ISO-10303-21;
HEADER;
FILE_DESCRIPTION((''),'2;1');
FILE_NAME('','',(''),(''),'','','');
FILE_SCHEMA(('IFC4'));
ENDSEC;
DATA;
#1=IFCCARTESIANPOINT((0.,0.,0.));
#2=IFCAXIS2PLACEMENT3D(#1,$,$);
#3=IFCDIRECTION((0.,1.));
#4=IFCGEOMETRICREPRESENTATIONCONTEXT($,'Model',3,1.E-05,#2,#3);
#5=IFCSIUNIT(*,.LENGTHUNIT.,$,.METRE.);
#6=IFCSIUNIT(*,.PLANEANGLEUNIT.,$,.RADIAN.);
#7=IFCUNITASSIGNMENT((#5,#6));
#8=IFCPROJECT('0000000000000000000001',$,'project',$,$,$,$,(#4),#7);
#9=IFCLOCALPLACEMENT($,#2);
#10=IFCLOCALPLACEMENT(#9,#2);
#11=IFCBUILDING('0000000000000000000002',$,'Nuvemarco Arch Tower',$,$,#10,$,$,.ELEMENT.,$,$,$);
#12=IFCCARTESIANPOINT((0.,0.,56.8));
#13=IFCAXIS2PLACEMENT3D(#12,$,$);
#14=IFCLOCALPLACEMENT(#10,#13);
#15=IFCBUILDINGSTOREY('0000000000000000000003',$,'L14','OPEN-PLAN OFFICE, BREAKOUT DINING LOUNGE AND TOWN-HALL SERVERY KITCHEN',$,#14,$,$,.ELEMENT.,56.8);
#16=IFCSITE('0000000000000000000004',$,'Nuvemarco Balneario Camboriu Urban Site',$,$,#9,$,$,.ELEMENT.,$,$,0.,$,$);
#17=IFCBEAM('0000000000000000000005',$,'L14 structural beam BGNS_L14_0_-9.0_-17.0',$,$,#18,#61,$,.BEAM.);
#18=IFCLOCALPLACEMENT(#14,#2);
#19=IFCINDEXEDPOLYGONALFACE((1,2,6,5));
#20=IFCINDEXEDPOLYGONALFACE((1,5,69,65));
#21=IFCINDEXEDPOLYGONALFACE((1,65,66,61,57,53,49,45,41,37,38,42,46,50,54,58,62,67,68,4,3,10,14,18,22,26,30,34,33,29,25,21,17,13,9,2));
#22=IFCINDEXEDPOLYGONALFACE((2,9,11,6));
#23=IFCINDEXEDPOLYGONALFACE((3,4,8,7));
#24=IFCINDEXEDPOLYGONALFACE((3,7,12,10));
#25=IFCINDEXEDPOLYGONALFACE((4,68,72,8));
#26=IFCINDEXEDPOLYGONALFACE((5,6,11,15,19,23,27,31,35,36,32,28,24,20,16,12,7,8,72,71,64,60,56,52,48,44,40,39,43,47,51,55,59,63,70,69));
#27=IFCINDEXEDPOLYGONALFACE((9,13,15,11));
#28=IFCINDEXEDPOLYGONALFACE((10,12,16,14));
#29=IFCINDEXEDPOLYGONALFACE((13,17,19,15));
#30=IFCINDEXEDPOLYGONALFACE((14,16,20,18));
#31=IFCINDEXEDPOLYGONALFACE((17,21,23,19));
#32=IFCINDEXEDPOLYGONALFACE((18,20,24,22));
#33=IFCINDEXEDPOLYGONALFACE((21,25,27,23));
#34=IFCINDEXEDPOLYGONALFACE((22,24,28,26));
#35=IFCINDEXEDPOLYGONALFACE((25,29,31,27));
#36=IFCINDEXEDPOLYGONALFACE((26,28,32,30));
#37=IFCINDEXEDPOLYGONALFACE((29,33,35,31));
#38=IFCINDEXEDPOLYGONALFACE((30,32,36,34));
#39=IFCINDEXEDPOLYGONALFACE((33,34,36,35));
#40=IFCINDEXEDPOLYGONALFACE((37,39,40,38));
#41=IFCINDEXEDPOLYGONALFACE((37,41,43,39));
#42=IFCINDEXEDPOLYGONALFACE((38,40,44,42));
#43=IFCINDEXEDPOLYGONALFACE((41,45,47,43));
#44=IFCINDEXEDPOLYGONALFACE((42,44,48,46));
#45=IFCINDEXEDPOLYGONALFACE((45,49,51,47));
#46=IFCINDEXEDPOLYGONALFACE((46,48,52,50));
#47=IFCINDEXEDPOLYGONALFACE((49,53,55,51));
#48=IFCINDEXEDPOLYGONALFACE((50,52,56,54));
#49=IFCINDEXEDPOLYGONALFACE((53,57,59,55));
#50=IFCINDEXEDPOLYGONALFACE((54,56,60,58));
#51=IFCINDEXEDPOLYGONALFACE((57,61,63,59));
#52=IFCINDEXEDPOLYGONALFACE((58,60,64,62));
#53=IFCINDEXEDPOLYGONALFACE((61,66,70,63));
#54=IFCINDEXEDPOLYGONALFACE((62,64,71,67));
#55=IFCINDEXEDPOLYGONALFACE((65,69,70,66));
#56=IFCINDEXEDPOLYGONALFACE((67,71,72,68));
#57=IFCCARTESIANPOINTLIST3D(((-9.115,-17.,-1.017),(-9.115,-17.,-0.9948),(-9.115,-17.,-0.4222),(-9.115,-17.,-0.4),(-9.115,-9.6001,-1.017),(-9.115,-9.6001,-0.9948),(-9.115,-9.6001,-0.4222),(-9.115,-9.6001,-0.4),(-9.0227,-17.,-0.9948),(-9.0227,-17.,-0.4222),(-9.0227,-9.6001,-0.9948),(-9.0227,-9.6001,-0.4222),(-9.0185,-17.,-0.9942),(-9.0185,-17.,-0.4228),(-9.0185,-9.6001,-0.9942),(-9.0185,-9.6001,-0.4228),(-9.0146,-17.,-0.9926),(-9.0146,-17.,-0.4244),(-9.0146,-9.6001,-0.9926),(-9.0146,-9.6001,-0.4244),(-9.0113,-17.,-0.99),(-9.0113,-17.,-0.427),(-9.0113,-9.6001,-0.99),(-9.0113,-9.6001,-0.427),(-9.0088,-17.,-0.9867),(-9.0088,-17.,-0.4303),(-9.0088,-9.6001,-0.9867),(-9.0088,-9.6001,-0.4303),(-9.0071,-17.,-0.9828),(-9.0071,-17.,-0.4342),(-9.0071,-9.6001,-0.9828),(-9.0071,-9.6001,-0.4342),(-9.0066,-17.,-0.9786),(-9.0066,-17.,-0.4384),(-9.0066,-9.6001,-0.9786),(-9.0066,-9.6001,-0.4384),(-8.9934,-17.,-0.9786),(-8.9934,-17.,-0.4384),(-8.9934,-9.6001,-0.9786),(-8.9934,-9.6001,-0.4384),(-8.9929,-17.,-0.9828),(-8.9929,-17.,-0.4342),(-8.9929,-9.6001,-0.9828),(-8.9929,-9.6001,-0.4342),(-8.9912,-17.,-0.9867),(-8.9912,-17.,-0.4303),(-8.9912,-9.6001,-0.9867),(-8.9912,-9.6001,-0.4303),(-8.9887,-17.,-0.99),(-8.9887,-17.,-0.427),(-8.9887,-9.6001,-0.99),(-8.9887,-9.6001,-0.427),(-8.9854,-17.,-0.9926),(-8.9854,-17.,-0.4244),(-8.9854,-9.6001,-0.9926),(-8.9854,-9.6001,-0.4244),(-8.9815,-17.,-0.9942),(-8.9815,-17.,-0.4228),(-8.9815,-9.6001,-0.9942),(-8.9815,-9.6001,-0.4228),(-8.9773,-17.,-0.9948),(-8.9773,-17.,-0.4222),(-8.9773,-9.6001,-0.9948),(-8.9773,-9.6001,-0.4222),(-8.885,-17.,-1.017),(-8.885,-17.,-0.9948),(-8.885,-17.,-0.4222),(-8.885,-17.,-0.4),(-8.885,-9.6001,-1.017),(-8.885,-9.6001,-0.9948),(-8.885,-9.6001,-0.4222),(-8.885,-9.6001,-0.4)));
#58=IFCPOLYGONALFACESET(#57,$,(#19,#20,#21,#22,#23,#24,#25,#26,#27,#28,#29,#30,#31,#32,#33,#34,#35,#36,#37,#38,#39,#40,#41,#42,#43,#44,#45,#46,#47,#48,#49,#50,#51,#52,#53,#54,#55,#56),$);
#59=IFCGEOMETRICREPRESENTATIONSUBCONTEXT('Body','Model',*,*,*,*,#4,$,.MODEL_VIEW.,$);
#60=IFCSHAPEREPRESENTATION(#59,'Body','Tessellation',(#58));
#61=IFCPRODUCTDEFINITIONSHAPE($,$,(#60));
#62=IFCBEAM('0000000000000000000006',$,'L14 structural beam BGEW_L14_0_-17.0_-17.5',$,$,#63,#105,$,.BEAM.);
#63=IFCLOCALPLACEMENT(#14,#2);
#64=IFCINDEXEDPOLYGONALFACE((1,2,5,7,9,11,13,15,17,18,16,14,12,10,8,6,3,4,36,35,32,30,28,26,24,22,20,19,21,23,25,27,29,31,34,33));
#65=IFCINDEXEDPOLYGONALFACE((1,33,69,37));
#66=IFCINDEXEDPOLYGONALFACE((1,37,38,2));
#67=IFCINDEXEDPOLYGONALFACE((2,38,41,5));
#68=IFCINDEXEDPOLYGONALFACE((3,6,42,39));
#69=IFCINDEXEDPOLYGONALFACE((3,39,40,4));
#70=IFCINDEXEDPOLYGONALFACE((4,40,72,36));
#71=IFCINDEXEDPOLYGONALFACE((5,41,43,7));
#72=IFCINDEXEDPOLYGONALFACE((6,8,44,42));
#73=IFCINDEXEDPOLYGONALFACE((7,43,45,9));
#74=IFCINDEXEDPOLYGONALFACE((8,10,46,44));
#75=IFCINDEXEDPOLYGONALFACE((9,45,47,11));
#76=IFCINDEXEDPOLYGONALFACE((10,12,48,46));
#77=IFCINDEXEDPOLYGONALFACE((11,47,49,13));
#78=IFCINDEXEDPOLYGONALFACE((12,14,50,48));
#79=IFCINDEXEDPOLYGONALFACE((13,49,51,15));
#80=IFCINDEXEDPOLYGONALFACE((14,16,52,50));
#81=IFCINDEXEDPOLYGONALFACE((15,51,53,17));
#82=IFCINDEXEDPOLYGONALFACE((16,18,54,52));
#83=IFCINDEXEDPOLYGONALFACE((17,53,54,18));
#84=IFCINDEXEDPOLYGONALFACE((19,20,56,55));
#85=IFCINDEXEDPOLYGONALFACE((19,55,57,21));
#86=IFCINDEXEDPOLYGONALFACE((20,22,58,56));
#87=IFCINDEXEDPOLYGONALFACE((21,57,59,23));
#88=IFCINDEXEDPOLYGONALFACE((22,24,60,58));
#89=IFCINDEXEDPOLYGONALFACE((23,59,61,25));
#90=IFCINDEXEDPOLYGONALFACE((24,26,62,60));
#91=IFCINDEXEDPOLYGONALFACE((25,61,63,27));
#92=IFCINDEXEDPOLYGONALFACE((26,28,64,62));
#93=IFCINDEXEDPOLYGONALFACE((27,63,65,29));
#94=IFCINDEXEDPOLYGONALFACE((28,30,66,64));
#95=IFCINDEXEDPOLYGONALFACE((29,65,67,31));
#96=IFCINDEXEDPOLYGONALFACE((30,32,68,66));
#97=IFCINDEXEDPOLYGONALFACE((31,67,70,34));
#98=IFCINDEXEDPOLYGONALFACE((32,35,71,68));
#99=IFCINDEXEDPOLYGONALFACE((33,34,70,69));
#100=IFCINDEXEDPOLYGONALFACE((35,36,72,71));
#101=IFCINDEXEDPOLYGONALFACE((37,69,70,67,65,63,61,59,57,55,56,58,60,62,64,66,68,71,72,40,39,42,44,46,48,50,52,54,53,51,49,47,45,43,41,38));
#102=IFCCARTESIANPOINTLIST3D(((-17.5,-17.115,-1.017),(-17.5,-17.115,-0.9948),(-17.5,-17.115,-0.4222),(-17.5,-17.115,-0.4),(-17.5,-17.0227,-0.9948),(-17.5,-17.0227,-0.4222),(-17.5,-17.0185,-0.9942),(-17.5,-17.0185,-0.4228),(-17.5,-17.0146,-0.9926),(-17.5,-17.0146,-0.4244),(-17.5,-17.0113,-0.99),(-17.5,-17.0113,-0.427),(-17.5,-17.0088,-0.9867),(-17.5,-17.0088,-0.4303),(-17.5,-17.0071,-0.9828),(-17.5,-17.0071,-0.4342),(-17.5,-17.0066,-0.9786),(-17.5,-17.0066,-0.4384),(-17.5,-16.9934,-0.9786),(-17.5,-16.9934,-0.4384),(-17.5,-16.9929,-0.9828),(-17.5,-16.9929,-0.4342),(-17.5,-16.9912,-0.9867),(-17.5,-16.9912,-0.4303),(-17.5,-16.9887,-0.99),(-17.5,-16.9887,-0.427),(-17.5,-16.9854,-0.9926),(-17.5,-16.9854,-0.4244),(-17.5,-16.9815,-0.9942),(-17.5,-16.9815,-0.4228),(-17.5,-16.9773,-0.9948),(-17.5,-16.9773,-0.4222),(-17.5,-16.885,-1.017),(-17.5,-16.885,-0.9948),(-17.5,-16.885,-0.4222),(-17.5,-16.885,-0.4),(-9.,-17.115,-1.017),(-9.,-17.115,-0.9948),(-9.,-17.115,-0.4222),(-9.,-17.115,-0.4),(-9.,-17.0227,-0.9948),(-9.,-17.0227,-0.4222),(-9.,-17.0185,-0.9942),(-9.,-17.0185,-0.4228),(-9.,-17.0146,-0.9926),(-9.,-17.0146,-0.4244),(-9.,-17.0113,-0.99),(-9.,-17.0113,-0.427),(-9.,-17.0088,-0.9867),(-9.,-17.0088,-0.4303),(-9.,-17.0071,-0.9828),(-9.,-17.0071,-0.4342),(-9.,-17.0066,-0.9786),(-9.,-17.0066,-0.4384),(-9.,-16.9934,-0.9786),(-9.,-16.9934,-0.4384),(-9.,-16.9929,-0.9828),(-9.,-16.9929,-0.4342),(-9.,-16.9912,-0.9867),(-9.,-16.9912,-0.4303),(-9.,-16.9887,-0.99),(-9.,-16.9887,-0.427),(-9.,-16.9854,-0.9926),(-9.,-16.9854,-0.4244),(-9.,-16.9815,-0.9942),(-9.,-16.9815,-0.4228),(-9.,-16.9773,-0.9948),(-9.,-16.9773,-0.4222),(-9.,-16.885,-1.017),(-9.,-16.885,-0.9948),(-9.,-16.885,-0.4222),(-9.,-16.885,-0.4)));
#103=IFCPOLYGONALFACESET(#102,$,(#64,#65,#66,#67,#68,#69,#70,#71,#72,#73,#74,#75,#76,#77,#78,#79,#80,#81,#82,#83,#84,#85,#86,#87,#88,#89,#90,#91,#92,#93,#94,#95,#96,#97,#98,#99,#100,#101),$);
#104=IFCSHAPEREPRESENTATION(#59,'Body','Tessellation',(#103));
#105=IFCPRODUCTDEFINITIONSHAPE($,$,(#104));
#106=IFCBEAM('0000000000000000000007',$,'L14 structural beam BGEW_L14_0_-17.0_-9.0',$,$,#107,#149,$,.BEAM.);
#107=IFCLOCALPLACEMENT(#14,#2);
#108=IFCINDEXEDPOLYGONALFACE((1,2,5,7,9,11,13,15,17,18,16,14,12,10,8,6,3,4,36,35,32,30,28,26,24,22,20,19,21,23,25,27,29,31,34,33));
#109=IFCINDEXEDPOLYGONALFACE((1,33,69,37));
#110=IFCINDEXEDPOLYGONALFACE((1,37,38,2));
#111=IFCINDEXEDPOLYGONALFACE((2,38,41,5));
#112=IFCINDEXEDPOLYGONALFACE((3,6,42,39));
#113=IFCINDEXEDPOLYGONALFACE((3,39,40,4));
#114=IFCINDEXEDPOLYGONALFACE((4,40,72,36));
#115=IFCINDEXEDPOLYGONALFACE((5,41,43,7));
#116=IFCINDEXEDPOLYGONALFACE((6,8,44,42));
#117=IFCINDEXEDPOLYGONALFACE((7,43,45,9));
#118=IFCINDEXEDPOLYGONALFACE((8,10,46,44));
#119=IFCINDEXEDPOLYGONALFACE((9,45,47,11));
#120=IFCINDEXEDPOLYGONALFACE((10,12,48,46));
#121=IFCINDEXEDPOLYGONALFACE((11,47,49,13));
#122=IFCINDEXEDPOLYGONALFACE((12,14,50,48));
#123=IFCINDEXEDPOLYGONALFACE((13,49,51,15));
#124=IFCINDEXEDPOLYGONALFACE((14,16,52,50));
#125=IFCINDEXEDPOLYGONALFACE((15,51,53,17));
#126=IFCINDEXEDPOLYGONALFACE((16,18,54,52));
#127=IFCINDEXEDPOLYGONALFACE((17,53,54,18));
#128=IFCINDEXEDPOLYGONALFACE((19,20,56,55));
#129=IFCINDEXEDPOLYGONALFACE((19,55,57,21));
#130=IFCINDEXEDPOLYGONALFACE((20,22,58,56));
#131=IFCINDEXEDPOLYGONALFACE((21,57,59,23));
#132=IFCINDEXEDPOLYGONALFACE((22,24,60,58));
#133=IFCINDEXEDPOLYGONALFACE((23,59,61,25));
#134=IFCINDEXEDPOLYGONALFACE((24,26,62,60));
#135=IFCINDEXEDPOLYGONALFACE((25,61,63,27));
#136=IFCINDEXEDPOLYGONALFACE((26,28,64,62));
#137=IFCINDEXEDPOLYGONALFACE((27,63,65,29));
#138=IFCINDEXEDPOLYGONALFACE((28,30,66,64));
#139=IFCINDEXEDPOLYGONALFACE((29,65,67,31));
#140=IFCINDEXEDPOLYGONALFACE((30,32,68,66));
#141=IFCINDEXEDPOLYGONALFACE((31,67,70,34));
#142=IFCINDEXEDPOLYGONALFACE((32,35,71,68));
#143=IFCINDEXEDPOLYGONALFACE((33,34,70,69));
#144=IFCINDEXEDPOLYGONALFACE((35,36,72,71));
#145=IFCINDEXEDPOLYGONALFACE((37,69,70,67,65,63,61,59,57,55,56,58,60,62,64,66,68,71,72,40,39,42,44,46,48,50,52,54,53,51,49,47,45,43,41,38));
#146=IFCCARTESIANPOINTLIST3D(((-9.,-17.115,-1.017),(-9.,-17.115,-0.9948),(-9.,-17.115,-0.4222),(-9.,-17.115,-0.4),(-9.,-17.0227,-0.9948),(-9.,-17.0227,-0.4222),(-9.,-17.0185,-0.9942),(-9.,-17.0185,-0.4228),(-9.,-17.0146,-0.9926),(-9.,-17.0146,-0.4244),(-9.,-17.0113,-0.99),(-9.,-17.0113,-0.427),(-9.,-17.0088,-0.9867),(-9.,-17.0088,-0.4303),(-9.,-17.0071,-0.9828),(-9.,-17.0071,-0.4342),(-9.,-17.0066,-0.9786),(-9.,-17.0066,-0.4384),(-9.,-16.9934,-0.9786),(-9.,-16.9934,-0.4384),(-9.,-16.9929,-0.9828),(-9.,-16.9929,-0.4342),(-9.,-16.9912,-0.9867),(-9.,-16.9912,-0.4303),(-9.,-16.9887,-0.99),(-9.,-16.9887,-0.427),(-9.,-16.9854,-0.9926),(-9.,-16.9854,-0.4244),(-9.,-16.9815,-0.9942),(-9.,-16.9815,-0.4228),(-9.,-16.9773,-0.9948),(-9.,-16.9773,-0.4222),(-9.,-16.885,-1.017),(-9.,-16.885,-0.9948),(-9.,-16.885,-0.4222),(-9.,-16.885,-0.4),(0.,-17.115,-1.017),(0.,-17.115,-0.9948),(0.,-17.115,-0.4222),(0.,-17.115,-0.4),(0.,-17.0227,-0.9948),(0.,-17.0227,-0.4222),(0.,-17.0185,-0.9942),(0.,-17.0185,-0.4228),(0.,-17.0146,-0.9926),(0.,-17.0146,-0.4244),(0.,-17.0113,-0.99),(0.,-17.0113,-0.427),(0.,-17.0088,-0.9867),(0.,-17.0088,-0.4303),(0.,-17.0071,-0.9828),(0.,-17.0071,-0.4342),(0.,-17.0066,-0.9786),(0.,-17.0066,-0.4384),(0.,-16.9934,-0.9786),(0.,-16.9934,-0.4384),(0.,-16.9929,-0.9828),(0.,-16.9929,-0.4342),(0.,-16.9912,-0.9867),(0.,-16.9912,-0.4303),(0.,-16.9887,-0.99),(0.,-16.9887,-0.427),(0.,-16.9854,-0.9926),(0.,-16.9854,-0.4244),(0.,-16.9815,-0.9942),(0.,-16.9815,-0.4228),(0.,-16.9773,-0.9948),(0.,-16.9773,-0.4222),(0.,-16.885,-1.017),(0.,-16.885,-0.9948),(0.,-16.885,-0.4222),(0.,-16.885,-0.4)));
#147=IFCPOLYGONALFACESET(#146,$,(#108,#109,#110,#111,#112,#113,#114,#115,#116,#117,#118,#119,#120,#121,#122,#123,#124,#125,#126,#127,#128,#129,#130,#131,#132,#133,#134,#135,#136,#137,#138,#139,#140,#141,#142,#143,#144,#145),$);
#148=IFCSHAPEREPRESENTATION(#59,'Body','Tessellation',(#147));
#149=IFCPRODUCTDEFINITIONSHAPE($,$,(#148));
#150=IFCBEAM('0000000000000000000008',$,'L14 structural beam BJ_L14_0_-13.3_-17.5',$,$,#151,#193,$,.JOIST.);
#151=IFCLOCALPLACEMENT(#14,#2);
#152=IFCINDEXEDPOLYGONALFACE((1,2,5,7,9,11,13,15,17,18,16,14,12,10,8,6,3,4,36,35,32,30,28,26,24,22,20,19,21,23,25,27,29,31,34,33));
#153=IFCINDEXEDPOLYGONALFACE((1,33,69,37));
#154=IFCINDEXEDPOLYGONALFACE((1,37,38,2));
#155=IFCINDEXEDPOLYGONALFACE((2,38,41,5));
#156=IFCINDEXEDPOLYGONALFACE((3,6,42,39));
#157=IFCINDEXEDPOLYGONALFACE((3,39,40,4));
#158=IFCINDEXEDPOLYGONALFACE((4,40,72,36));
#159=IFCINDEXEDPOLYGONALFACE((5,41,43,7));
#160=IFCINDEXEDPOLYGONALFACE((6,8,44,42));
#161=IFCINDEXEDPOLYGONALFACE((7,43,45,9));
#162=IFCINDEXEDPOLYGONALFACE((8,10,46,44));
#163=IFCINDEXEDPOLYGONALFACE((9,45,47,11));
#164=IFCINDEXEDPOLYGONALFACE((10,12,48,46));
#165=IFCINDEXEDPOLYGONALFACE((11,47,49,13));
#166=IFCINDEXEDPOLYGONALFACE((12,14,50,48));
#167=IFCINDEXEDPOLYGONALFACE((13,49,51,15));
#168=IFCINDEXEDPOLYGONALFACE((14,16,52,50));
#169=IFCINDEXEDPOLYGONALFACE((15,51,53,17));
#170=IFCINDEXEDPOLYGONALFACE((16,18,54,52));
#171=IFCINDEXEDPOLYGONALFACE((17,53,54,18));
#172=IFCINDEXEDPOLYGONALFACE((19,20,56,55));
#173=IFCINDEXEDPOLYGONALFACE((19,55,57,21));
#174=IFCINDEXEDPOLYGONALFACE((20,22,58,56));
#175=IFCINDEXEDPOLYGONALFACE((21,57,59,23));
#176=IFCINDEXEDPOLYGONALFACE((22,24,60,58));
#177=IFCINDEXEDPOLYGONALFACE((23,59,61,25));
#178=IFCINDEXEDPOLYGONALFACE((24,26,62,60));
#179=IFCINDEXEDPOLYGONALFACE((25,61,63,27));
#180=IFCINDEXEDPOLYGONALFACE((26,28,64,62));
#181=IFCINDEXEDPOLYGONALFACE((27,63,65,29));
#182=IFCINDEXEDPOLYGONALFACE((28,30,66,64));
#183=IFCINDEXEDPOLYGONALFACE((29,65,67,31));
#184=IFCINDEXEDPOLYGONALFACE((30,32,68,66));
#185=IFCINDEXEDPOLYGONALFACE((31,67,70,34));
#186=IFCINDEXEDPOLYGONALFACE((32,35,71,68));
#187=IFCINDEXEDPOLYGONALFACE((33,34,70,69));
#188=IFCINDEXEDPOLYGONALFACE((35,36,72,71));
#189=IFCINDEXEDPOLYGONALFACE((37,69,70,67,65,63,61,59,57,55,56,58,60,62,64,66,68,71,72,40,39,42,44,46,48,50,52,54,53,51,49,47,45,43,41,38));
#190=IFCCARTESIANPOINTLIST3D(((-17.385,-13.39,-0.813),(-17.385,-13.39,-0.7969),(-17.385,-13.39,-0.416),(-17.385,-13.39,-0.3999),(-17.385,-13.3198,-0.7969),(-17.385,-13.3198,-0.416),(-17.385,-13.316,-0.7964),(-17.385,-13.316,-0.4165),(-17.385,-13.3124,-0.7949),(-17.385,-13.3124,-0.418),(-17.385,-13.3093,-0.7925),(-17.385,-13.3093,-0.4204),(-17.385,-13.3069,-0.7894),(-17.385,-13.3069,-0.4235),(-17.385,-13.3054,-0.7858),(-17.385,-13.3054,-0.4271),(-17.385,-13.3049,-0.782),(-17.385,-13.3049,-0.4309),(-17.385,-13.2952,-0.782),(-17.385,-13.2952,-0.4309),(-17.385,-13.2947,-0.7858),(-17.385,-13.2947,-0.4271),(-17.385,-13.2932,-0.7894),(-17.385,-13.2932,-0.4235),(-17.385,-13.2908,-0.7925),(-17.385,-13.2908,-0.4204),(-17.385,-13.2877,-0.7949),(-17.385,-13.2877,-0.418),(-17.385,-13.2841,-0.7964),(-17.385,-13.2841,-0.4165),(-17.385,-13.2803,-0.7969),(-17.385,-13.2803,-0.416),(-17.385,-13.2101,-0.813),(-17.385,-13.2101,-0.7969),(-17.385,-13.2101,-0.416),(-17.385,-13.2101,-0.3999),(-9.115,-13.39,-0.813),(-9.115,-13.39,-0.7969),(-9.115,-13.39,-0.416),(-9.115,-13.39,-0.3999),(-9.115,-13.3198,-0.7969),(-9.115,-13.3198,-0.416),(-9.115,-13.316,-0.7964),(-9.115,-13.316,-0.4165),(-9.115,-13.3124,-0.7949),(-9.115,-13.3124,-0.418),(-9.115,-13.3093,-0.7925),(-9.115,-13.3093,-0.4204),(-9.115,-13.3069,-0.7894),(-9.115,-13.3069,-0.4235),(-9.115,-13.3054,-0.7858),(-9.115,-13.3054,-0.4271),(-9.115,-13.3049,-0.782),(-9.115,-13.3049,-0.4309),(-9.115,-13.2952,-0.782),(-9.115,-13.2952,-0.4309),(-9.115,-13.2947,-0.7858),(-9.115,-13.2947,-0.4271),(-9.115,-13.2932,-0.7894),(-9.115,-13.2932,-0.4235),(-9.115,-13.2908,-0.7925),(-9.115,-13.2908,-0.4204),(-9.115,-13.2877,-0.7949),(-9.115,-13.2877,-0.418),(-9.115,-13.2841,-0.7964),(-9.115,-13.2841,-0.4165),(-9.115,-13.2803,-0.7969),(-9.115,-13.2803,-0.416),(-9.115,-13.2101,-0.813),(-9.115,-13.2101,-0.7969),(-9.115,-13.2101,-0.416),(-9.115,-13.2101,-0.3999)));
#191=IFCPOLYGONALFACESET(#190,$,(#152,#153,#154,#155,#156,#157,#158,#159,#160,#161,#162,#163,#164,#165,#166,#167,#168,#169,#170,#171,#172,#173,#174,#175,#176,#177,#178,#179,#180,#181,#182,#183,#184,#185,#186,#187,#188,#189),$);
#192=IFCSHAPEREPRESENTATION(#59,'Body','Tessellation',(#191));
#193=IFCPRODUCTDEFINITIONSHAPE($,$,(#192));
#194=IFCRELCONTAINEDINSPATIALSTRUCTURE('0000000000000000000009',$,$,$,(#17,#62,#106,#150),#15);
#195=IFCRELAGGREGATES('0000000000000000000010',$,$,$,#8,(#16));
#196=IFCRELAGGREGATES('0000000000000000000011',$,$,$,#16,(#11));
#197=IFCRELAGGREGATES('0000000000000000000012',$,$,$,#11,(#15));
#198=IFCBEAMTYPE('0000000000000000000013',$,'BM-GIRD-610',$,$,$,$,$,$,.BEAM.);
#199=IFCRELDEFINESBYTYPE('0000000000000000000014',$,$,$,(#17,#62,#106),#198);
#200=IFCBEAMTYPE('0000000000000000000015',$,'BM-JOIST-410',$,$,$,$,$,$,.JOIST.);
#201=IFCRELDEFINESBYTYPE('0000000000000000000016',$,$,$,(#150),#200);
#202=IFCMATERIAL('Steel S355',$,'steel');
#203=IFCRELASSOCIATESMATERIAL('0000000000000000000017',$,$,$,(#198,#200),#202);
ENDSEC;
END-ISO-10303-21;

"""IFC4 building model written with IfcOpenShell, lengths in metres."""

from ifc_helpers import new_model, si_unit, direction, frame, origin, origin_2d, place, context, subcontext, project, spatial, i_section, extrude, material, material_profile, profile_set, type_object, element, save


model = new_model("IFC4")

# Units and contexts
model_context = context("Model", 3, precision=1e-05, world=origin(), true_north=direction((0.0, 1.0)))
body_context = subcontext(model_context, "Body", "Model", "MODEL_VIEW")
ifc_project = project(units=[si_unit("LENGTHUNIT", "METRE"), si_unit("PLANEANGLEUNIT", "RADIAN")], contexts=[model_context])

# Site, building, storey
site_placement = place(None, origin())
site = spatial("IfcSite", under=ifc_project, at=site_placement, Name="Nuvemarco Balneario Camboriu Urban Site", CompositionType="ELEMENT", RefElevation=0.0)
building_placement = place(site_placement, origin())
building = spatial("IfcBuilding", under=site, at=building_placement, Name="Nuvemarco Arch Tower", CompositionType="ELEMENT")
storey_placement = place(building_placement, frame((0.0, 0.0, 56.8)))
storey = spatial("IfcBuildingStorey", under=building, at=storey_placement, Name="L14", Description="OPEN-PLAN OFFICE, BREAKOUT DINING LOUNGE AND TOWN-HALL SERVERY KITCHEN", CompositionType="ELEMENT", Elevation=56.8)

# Shared definitions
ifc_material_1 = material(Name="Steel S355", Category="steel")

# Beams
ifc_material_profile_1 = material_profile(ifc_material_1, i_section(OverallWidth=0.23, OverallDepth=0.6169, WebThickness=0.0132, FlangeThickness=0.0222, FilletRadius=0.0161, at=origin_2d()), Name="W610x140")
ifc_profile_set_1 = profile_set([ifc_material_profile_1], Name="Steel S355")
beam_type_1 = type_object("IfcBeamType", Name="BM-GIRD-610", PredefinedType="BEAM", material=ifc_profile_set_1)
beam_1_placement = place(storey_placement, frame((-9.0, -17.0, -0.7085), z_axis=(0.0, 1.0, 0.0), x_axis=(-1.0, 0.0, 0.0)))
element("IfcBeam", 1, at=beam_1_placement, inside=storey, type_object=beam_type_1, Name="L14 structural beam BGNS_L14_0_-9.0_-17.0", PredefinedType="BEAM", context=body_context, shape_type="SweptSolid", body=[
    extrude(i_section(OverallWidth=0.23, OverallDepth=0.6169, WebThickness=0.0132, FlangeThickness=0.0222, FilletRadius=0.0161, at=origin_2d()), origin(), (0.0, 0.0, 1.0), 7.3999),
])
beam_2_placement = place(storey_placement, frame((-17.5, -17.0, -0.7085), z_axis=(1.0, 0.0, 0.0), x_axis=(0.0, 1.0, 0.0)))
element("IfcBeam", 2, at=beam_2_placement, inside=storey, type_object=beam_type_1, Name="L14 structural beam BGEW_L14_0_-17.0_-17.5", PredefinedType="BEAM", context=body_context, shape_type="SweptSolid", body=[
    extrude(i_section(OverallWidth=0.23, OverallDepth=0.6169, WebThickness=0.0132, FlangeThickness=0.0222, FilletRadius=0.0161, at=origin_2d()), origin(), (0.0, 0.0, 1.0), 8.5),
])
beam_3_placement = place(storey_placement, frame((-9.0, -17.0, -0.7085), z_axis=(1.0, 0.0, 0.0), x_axis=(0.0, 1.0, 0.0)))
element("IfcBeam", 3, at=beam_3_placement, inside=storey, type_object=beam_type_1, Name="L14 structural beam BGEW_L14_0_-17.0_-9.0", PredefinedType="BEAM", context=body_context, shape_type="SweptSolid", body=[
    extrude(i_section(OverallWidth=0.23, OverallDepth=0.6169, WebThickness=0.0132, FlangeThickness=0.0222, FilletRadius=0.0161, at=origin_2d()), origin(), (0.0, 0.0, 1.0), 9.0),
])
ifc_material_profile_2 = material_profile(ifc_material_1, i_section(OverallWidth=0.1799, OverallDepth=0.4131, WebThickness=0.0098, FlangeThickness=0.0161, FilletRadius=0.0149, at=origin_2d()), Name="W410x75")
ifc_profile_set_2 = profile_set([ifc_material_profile_2], Name="Steel S355")
beam_type_2 = type_object("IfcBeamType", Name="BM-JOIST-410", PredefinedType="JOIST", material=ifc_profile_set_2)
beam_4_placement = place(storey_placement, frame((-17.385, -13.3, -0.6064), z_axis=(1.0, 0.0, 0.0), x_axis=(0.0, 1.0, 0.0)))
element("IfcBeam", 4, at=beam_4_placement, inside=storey, type_object=beam_type_2, Name="L14 structural beam BJ_L14_0_-13.3_-17.5", PredefinedType="JOIST", context=body_context, shape_type="SweptSolid", body=[
    extrude(i_section(OverallWidth=0.1799, OverallDepth=0.4131, WebThickness=0.0098, FlangeThickness=0.0161, FilletRadius=0.0149, at=origin_2d()), origin(), (0.0, 0.0, 1.0), 8.27),
])

save(model, "model.ifc")
